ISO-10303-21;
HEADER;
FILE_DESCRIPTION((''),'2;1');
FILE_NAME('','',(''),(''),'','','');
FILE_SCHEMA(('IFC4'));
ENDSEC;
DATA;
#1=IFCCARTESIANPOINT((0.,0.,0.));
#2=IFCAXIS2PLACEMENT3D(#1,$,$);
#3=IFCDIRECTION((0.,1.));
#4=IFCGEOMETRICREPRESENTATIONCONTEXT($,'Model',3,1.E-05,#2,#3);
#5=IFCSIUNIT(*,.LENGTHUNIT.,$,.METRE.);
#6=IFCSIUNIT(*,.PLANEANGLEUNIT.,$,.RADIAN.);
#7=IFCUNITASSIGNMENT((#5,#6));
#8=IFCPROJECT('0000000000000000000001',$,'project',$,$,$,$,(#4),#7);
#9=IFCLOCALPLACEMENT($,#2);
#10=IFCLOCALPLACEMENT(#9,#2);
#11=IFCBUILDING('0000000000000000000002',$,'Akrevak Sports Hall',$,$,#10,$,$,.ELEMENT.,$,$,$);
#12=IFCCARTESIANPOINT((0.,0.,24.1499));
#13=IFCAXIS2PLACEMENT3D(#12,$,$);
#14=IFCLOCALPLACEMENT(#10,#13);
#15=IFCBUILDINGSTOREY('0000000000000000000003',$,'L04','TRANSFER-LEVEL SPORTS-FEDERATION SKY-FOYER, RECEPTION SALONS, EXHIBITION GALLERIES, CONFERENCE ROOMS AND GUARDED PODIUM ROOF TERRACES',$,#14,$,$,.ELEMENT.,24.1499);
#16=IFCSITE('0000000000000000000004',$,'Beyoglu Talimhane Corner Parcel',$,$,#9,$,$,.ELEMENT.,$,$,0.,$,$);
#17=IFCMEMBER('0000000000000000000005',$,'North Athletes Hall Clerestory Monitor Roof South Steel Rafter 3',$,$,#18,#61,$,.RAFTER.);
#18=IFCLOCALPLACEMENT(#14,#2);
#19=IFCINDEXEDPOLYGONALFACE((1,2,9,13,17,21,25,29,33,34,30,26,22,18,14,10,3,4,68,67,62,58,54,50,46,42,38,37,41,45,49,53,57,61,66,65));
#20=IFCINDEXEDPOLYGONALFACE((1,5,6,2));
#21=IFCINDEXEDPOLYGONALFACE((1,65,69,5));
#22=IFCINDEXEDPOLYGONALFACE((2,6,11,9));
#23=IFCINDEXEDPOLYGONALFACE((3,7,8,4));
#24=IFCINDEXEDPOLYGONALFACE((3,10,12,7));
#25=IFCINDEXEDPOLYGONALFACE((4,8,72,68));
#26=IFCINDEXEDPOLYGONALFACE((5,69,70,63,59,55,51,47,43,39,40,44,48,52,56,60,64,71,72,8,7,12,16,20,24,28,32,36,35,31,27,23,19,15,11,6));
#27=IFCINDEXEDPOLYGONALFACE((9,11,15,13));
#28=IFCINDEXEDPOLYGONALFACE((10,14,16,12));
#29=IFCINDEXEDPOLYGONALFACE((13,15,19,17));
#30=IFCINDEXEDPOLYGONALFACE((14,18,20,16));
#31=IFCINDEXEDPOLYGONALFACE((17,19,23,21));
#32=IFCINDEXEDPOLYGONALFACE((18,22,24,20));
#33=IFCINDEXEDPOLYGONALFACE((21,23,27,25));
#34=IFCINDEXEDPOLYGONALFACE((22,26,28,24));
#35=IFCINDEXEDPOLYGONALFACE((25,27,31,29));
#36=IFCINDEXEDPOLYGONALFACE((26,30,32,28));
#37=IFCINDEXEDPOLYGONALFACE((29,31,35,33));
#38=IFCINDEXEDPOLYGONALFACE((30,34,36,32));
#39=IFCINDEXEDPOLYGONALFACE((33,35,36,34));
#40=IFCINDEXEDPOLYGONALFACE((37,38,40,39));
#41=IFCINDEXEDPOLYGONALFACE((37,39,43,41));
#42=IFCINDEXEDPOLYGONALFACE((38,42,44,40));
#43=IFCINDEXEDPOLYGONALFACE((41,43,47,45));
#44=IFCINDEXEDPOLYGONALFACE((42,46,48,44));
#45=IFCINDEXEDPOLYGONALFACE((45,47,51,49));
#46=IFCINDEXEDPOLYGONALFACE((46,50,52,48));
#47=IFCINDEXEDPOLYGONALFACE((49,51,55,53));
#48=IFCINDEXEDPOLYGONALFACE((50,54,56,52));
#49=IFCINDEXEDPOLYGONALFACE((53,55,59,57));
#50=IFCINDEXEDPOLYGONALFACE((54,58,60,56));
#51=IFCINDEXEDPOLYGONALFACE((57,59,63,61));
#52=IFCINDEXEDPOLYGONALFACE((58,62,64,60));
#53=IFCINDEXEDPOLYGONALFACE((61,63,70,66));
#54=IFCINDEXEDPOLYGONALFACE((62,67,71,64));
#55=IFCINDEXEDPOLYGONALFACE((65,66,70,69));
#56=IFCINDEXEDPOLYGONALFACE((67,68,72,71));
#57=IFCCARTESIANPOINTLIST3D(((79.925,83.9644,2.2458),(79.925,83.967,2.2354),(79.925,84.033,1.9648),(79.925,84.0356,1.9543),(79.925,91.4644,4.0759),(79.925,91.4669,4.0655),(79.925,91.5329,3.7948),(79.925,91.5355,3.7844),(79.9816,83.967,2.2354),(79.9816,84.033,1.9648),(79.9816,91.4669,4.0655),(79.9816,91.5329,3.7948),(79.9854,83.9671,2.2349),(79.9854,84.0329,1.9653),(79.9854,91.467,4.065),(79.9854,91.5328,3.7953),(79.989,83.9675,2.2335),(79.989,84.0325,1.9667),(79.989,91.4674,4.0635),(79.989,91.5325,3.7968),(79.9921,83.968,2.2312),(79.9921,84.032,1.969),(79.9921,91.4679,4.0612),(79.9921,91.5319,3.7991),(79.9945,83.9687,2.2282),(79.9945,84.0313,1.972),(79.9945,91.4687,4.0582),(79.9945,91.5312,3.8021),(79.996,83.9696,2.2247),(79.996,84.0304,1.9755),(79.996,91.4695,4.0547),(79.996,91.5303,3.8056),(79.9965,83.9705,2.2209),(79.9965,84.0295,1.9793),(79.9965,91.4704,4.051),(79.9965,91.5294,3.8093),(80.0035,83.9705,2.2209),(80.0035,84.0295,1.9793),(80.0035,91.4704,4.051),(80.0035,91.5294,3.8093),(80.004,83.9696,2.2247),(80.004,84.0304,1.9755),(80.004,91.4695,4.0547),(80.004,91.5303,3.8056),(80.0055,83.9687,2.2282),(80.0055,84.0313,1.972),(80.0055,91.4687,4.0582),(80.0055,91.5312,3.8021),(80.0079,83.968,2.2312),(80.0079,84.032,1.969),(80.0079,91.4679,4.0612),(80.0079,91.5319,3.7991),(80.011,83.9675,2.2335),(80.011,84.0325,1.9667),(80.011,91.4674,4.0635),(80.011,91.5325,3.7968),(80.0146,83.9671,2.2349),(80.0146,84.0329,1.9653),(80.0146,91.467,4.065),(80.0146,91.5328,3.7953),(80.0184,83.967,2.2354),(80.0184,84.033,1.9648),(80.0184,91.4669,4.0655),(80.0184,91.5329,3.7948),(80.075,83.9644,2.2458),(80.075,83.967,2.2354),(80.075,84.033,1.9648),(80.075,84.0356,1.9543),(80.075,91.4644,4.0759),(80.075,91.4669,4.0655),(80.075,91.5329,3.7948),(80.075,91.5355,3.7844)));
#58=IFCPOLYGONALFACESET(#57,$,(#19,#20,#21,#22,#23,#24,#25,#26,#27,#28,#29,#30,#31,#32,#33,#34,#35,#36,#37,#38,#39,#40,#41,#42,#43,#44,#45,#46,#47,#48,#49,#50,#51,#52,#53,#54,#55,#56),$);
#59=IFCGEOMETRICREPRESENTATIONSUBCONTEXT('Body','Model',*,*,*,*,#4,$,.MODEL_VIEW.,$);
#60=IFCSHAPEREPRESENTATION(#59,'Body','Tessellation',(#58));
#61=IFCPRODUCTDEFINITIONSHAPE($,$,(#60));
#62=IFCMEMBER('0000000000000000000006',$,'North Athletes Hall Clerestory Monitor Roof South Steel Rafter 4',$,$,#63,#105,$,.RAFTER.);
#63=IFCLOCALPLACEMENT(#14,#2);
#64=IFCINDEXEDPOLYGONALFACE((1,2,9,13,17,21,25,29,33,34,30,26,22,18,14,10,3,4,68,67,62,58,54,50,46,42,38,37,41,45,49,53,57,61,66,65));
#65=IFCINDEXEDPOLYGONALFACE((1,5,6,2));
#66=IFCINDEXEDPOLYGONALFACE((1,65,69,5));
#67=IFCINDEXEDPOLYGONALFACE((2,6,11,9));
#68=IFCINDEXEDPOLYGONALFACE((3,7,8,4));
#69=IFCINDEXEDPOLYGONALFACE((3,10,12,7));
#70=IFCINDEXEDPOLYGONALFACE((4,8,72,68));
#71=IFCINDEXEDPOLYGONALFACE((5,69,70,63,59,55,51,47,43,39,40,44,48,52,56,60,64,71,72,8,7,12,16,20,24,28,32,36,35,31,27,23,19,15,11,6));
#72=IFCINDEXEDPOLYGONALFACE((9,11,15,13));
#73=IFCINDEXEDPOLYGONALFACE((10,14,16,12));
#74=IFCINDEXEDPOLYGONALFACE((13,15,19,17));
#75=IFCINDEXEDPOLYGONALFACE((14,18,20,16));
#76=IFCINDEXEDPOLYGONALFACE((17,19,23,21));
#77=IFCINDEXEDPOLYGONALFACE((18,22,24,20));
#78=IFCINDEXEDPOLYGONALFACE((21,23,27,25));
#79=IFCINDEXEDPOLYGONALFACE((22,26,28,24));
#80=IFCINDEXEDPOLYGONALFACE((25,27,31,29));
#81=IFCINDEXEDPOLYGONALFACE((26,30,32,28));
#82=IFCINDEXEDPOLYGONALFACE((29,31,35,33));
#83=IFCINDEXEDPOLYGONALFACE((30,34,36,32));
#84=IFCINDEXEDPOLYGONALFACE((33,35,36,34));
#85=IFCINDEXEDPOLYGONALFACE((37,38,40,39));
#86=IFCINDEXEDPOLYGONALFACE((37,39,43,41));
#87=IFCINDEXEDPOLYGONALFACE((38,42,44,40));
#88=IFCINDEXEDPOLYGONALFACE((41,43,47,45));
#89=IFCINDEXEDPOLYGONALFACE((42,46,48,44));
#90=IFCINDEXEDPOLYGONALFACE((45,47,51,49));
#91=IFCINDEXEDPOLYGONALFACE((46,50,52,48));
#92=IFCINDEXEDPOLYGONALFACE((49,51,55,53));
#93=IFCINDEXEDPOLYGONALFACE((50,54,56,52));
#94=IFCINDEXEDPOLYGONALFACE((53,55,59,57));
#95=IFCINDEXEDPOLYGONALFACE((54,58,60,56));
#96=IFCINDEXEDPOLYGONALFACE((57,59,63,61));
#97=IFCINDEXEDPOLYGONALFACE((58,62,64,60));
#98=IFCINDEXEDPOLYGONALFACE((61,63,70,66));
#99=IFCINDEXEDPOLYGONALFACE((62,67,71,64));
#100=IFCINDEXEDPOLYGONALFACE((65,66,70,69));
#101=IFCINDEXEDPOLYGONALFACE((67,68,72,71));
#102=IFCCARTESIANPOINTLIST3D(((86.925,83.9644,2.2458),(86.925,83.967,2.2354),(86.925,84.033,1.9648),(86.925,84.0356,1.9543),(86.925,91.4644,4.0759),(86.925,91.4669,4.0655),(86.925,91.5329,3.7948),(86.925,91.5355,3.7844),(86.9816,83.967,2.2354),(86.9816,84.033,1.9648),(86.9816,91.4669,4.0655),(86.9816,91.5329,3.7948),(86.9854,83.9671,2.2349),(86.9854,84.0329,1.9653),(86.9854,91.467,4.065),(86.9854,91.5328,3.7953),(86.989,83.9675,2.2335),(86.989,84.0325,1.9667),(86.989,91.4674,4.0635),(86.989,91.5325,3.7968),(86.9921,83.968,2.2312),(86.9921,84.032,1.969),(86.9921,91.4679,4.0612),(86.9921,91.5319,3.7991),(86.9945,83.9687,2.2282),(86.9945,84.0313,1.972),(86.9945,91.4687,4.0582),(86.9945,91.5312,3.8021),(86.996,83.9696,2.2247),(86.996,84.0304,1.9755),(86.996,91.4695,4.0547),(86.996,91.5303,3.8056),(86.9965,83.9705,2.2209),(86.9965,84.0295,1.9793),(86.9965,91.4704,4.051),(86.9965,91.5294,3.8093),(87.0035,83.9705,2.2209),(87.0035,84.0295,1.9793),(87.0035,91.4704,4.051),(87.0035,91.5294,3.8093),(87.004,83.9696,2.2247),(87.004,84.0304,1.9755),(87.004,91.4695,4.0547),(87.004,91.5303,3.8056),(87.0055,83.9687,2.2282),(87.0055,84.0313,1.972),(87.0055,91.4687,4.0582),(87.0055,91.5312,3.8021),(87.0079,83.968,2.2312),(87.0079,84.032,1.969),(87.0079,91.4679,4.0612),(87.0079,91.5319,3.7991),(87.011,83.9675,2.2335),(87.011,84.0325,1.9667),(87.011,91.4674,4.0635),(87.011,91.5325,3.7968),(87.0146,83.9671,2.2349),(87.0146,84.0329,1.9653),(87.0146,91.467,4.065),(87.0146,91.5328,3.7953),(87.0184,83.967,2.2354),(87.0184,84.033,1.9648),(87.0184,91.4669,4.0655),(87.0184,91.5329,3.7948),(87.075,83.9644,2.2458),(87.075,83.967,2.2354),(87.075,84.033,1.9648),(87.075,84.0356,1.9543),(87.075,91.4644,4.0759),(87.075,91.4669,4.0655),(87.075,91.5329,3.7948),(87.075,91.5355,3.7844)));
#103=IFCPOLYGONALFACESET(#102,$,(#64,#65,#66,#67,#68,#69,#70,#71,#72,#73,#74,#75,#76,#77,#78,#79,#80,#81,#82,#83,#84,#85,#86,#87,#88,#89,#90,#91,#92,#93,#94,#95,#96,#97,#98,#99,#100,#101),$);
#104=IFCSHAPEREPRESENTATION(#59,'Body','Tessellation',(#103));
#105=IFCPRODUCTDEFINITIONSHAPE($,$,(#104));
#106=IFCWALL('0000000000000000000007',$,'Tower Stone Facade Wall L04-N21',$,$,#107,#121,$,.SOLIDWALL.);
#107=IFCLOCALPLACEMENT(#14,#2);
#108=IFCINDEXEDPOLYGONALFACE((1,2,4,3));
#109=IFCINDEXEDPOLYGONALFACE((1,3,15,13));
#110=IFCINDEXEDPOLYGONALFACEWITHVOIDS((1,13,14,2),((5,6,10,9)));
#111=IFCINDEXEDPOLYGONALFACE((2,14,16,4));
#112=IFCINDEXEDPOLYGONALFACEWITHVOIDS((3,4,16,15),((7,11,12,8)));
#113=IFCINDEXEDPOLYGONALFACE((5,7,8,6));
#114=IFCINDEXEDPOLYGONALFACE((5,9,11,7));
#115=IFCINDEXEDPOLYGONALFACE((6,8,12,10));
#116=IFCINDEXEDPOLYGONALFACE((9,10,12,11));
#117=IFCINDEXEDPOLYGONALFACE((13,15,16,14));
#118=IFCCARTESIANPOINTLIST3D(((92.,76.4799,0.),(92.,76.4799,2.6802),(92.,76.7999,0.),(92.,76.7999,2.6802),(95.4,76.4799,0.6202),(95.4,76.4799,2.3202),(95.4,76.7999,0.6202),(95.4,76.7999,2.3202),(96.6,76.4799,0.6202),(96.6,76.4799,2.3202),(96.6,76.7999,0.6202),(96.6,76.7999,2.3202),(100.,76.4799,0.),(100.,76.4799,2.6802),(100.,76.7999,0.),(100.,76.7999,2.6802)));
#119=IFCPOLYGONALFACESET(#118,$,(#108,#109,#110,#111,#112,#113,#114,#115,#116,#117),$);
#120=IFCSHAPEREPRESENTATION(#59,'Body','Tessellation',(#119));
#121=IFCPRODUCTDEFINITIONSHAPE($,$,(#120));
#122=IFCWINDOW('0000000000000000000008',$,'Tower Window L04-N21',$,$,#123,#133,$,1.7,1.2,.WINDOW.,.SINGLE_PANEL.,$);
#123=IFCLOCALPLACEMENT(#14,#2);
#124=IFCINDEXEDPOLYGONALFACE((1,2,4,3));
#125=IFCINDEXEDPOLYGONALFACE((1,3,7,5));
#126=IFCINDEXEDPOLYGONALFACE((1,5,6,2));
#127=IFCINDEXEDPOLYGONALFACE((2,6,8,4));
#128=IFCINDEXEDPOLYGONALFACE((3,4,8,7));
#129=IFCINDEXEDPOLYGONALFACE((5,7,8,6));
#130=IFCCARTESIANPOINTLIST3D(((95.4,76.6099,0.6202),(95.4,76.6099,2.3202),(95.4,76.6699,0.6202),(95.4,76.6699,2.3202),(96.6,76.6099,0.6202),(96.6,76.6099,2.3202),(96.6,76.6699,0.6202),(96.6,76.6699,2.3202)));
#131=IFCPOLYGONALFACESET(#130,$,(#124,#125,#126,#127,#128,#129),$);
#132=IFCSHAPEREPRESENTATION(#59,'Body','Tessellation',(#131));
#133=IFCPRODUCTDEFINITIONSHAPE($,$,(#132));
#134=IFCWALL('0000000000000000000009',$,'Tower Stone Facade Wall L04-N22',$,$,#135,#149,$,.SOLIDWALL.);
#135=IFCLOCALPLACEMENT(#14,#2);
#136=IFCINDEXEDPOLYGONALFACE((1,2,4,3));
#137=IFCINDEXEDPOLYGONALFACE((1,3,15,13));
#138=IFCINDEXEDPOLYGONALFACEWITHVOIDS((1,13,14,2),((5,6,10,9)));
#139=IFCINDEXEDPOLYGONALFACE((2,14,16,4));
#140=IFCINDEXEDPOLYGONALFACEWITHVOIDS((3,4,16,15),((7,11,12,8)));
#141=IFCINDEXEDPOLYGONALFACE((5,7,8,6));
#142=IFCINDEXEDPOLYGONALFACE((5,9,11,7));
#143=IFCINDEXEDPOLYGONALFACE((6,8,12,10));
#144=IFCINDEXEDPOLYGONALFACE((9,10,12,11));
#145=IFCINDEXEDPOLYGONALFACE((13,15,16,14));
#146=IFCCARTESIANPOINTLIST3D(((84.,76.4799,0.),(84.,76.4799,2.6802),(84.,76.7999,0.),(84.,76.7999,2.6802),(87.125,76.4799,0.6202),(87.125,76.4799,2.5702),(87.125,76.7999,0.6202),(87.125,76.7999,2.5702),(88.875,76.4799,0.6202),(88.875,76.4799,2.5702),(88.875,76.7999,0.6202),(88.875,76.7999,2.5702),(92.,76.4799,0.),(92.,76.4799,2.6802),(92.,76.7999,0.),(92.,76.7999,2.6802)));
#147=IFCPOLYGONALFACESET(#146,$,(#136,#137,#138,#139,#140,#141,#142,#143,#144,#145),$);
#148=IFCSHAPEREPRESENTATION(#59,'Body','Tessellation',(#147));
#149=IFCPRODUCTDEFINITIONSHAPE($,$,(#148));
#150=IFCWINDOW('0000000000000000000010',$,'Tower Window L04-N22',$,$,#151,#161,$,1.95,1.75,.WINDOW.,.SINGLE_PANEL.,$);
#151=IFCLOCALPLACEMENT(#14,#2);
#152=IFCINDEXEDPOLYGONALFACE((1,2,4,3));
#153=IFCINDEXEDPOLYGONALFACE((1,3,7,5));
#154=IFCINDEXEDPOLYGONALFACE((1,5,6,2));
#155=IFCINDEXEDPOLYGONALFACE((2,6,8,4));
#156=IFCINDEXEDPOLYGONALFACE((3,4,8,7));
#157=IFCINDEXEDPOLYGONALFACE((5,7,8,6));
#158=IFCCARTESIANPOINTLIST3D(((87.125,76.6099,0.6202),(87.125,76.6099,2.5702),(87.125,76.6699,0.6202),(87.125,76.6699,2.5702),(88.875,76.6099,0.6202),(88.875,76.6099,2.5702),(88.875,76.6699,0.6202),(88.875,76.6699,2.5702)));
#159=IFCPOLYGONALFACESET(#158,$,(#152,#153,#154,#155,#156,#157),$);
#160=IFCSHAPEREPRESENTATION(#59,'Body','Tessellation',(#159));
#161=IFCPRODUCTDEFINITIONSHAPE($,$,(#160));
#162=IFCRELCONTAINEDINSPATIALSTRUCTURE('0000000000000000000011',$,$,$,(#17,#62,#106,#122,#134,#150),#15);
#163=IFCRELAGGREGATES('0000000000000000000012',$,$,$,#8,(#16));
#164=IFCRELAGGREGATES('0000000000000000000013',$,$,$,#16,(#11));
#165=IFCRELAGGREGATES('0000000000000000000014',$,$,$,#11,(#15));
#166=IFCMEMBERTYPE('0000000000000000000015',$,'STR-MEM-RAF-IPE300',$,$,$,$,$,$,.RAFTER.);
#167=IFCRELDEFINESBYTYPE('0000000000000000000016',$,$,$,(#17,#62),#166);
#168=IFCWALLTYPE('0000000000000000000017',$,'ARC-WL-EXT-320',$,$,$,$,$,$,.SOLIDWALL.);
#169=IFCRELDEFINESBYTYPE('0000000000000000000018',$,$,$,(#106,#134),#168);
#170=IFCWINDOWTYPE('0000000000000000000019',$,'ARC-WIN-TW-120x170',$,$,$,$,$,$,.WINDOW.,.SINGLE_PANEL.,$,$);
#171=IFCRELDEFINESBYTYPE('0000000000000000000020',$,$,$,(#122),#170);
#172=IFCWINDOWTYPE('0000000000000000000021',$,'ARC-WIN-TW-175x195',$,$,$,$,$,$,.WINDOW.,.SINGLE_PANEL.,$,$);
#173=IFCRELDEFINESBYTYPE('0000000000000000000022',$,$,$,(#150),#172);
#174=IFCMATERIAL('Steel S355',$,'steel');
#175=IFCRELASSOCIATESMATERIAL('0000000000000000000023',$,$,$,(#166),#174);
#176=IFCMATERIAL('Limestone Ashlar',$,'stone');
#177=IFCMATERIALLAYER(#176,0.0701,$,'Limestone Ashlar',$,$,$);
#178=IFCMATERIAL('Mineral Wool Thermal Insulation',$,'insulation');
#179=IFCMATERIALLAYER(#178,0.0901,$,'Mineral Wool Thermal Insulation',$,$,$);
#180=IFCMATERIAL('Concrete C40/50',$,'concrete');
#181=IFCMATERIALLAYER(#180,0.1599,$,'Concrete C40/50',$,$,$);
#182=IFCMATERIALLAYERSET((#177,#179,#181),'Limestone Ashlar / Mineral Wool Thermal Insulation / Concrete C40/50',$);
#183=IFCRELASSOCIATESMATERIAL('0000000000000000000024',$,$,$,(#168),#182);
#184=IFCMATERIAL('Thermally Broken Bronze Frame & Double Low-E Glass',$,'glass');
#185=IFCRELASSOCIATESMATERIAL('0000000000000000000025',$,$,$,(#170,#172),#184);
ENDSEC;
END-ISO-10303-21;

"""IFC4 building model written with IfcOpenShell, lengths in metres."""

from ifc_helpers import new_model, si_unit, direction, frame, frame_2d, origin, origin_2d, place, context, subcontext, project, spatial, rectangle, i_section, extrude, material, layer, layer_set, material_profile, profile_set, type_object, element, fill, save


model = new_model("IFC4")

# Units and contexts
model_context = context("Model", 3, precision=1e-05, world=origin(), true_north=direction((0.0, 1.0)))
body_context = subcontext(model_context, "Body", "Model", "MODEL_VIEW")
ifc_project = project(units=[si_unit("LENGTHUNIT", "METRE"), si_unit("PLANEANGLEUNIT", "RADIAN")], contexts=[model_context])

# Site, building, storey
site_placement = place(None, origin())
site = spatial("IfcSite", under=ifc_project, at=site_placement, Name="Beyoglu Talimhane Corner Parcel", CompositionType="ELEMENT", RefElevation=0.0)
building_placement = place(site_placement, origin())
building = spatial("IfcBuilding", under=site, at=building_placement, Name="Akrevak Sports Hall", CompositionType="ELEMENT")
storey_placement = place(building_placement, frame((0.0, 0.0, 24.1499)))
storey = spatial("IfcBuildingStorey", under=building, at=storey_placement, Name="L04", Description="TRANSFER-LEVEL SPORTS-FEDERATION SKY-FOYER, RECEPTION SALONS, EXHIBITION GALLERIES, CONFERENCE ROOMS AND GUARDED PODIUM ROOF TERRACES", CompositionType="ELEMENT", Elevation=24.1499)

# Members
ifc_material_1 = material(Name="Steel S355", Category="steel")
ifc_material_profile_1 = material_profile(ifc_material_1, i_section(OverallWidth=0.1499, OverallDepth=0.3, WebThickness=0.0071, FlangeThickness=0.0107, FilletRadius=0.0149, at=origin_2d()), Name="IPE 300", Category="steel")
ifc_profile_set_1 = profile_set([ifc_material_profile_1], Name="Steel S355")
member_type_1 = type_object("IfcMemberType", Name="STR-MEM-RAF-IPE300", PredefinedType="RAFTER", material=ifc_profile_set_1)
for number, where, z_axis, x_axis, name in (
    (1, (80.0, 84.0, 2.1001), (0.0, 0.971496, 0.237055), (-1.0, 0.0, 0.0), "North Athletes Hall Clerestory Monitor Roof South Steel Rafter 3"),
    (2, (87.0, 84.0, 2.1001), (0.0, 0.971496, 0.237055), (-1.0, 0.0, 0.0), "North Athletes Hall Clerestory Monitor Roof South Steel Rafter 4"),
):
    element("IfcMember", number, at=place(storey_placement, frame(where, z_axis=z_axis, x_axis=x_axis)), inside=storey, type_object=member_type_1, Name=name, PredefinedType="RAFTER", context=body_context, shape_type="SweptSolid", body=[
        extrude(i_section(OverallWidth=0.1499, OverallDepth=0.3, WebThickness=0.0071, FlangeThickness=0.0107, FilletRadius=0.0149, at=origin_2d()), origin(), (0.0, 0.0, 1.0), 7.72),
    ])

# Walls, openings, windows
ifc_material_2 = material(Name="Limestone Ashlar", Category="stone")
ifc_layer_1 = layer(ifc_material_2, 0.0701, Name="Limestone Ashlar")
ifc_material_3 = material(Name="Mineral Wool Thermal Insulation", Category="insulation")
ifc_layer_2 = layer(ifc_material_3, 0.0901, Name="Mineral Wool Thermal Insulation")
ifc_material_4 = material(Name="Concrete C40/50", Category="concrete")
ifc_layer_3 = layer(ifc_material_4, 0.1599, Name="Concrete C40/50")
ifc_layer_set_1 = layer_set([ifc_layer_1, ifc_layer_2, ifc_layer_3], Name="Limestone Ashlar / Mineral Wool Thermal Insulation / Concrete C40/50")
wall_type_1 = type_object("IfcWallType", Name="ARC-WL-EXT-320", PredefinedType="SOLIDWALL", material=ifc_layer_set_1)
wall_1_placement = place(storey_placement, frame((100.0, 76.6399, 0.0), z_axis=(0.0, 0.0, 1.0), x_axis=(-1.0, 0.0, 0.0)))
wall_1 = element("IfcWall", 3, at=wall_1_placement, inside=storey, type_object=wall_type_1, Name="Tower Stone Facade Wall L04-N21", PredefinedType="SOLIDWALL", context=body_context, shape_type="SweptSolid", body=[
    extrude(rectangle(XDim=8.0, YDim=0.3201, at=frame_2d((4.0, 0.0))), origin(), (0.0, 0.0, 1.0), 2.6802),
])
opening_1_placement = place(wall_1_placement, frame((3.3999, 0.0, 0.6201)))
opening_1 = element("IfcOpeningElement", 4, at=opening_1_placement, cuts=wall_1, PredefinedType="OPENING", context=body_context, shape_type="SweptSolid", body=[
    extrude(rectangle(XDim=1.2, YDim=1.7, at=frame_2d((0.6001, 0.8501))), frame((0.0, 0.1719, 0.0), z_axis=(0.0, -1.0, 0.0), x_axis=(1.0, 0.0, 0.0)), (0.0, 0.0, 1.0), 0.344),
])
ifc_material_5 = material(Name="Thermally Broken Bronze Frame & Double Low-E Glass", Category="glass")
window_type_1 = type_object("IfcWindowType", Name="ARC-WIN-TW-120x170", PartitioningType="SINGLE_PANEL", PredefinedType="WINDOW", material=ifc_material_5)
window_1_placement = place(opening_1_placement, origin())
window_1 = element("IfcWindow", 5, at=window_1_placement, inside=storey, type_object=window_type_1, Name="Tower Window L04-N21", OverallHeight=1.7, OverallWidth=1.2, PartitioningType="SINGLE_PANEL", PredefinedType="WINDOW", context=body_context, shape_type="SweptSolid", body=[
    extrude(rectangle(XDim=1.2, YDim=1.7, at=frame_2d((0.6001, 0.8501))), frame((0.0, 0.03, 0.0), z_axis=(0.0, -1.0, 0.0), x_axis=(1.0, 0.0, 0.0)), (0.0, 0.0, 1.0), 0.0601),
])
fill(opening_1, window_1)
wall_2_placement = place(storey_placement, frame((92.0, 76.6399, 0.0), z_axis=(0.0, 0.0, 1.0), x_axis=(-1.0, 0.0, 0.0)))
wall_2 = element("IfcWall", 6, at=wall_2_placement, inside=storey, type_object=wall_type_1, Name="Tower Stone Facade Wall L04-N22", PredefinedType="SOLIDWALL", context=body_context, shape_type="SweptSolid", body=[
    extrude(rectangle(XDim=8.0, YDim=0.3201, at=frame_2d((4.0, 0.0))), origin(), (0.0, 0.0, 1.0), 2.6802),
])
opening_2_placement = place(wall_2_placement, frame((3.125, 0.0, 0.6201)))
opening_2 = element("IfcOpeningElement", 7, at=opening_2_placement, cuts=wall_2, PredefinedType="OPENING", context=body_context, shape_type="SweptSolid", body=[
    extrude(rectangle(XDim=1.75, YDim=1.95, at=frame_2d((0.875, 0.9751))), frame((0.0, 0.1719, 0.0), z_axis=(0.0, -1.0, 0.0), x_axis=(1.0, 0.0, 0.0)), (0.0, 0.0, 1.0), 0.344),
])
window_type_2 = type_object("IfcWindowType", Name="ARC-WIN-TW-175x195", PartitioningType="SINGLE_PANEL", PredefinedType="WINDOW", material=ifc_material_5)
window_2_placement = place(opening_2_placement, origin())
window_2 = element("IfcWindow", 8, at=window_2_placement, inside=storey, type_object=window_type_2, Name="Tower Window L04-N22", OverallHeight=1.95, OverallWidth=1.75, PartitioningType="SINGLE_PANEL", PredefinedType="WINDOW", context=body_context, shape_type="SweptSolid", body=[
    extrude(rectangle(XDim=1.75, YDim=1.95, at=frame_2d((0.875, 0.9751))), frame((0.0, 0.03, 0.0), z_axis=(0.0, -1.0, 0.0), x_axis=(1.0, 0.0, 0.0)), (0.0, 0.0, 1.0), 0.0601),
])
fill(opening_2, window_2)

save(model, "model.ifc")
